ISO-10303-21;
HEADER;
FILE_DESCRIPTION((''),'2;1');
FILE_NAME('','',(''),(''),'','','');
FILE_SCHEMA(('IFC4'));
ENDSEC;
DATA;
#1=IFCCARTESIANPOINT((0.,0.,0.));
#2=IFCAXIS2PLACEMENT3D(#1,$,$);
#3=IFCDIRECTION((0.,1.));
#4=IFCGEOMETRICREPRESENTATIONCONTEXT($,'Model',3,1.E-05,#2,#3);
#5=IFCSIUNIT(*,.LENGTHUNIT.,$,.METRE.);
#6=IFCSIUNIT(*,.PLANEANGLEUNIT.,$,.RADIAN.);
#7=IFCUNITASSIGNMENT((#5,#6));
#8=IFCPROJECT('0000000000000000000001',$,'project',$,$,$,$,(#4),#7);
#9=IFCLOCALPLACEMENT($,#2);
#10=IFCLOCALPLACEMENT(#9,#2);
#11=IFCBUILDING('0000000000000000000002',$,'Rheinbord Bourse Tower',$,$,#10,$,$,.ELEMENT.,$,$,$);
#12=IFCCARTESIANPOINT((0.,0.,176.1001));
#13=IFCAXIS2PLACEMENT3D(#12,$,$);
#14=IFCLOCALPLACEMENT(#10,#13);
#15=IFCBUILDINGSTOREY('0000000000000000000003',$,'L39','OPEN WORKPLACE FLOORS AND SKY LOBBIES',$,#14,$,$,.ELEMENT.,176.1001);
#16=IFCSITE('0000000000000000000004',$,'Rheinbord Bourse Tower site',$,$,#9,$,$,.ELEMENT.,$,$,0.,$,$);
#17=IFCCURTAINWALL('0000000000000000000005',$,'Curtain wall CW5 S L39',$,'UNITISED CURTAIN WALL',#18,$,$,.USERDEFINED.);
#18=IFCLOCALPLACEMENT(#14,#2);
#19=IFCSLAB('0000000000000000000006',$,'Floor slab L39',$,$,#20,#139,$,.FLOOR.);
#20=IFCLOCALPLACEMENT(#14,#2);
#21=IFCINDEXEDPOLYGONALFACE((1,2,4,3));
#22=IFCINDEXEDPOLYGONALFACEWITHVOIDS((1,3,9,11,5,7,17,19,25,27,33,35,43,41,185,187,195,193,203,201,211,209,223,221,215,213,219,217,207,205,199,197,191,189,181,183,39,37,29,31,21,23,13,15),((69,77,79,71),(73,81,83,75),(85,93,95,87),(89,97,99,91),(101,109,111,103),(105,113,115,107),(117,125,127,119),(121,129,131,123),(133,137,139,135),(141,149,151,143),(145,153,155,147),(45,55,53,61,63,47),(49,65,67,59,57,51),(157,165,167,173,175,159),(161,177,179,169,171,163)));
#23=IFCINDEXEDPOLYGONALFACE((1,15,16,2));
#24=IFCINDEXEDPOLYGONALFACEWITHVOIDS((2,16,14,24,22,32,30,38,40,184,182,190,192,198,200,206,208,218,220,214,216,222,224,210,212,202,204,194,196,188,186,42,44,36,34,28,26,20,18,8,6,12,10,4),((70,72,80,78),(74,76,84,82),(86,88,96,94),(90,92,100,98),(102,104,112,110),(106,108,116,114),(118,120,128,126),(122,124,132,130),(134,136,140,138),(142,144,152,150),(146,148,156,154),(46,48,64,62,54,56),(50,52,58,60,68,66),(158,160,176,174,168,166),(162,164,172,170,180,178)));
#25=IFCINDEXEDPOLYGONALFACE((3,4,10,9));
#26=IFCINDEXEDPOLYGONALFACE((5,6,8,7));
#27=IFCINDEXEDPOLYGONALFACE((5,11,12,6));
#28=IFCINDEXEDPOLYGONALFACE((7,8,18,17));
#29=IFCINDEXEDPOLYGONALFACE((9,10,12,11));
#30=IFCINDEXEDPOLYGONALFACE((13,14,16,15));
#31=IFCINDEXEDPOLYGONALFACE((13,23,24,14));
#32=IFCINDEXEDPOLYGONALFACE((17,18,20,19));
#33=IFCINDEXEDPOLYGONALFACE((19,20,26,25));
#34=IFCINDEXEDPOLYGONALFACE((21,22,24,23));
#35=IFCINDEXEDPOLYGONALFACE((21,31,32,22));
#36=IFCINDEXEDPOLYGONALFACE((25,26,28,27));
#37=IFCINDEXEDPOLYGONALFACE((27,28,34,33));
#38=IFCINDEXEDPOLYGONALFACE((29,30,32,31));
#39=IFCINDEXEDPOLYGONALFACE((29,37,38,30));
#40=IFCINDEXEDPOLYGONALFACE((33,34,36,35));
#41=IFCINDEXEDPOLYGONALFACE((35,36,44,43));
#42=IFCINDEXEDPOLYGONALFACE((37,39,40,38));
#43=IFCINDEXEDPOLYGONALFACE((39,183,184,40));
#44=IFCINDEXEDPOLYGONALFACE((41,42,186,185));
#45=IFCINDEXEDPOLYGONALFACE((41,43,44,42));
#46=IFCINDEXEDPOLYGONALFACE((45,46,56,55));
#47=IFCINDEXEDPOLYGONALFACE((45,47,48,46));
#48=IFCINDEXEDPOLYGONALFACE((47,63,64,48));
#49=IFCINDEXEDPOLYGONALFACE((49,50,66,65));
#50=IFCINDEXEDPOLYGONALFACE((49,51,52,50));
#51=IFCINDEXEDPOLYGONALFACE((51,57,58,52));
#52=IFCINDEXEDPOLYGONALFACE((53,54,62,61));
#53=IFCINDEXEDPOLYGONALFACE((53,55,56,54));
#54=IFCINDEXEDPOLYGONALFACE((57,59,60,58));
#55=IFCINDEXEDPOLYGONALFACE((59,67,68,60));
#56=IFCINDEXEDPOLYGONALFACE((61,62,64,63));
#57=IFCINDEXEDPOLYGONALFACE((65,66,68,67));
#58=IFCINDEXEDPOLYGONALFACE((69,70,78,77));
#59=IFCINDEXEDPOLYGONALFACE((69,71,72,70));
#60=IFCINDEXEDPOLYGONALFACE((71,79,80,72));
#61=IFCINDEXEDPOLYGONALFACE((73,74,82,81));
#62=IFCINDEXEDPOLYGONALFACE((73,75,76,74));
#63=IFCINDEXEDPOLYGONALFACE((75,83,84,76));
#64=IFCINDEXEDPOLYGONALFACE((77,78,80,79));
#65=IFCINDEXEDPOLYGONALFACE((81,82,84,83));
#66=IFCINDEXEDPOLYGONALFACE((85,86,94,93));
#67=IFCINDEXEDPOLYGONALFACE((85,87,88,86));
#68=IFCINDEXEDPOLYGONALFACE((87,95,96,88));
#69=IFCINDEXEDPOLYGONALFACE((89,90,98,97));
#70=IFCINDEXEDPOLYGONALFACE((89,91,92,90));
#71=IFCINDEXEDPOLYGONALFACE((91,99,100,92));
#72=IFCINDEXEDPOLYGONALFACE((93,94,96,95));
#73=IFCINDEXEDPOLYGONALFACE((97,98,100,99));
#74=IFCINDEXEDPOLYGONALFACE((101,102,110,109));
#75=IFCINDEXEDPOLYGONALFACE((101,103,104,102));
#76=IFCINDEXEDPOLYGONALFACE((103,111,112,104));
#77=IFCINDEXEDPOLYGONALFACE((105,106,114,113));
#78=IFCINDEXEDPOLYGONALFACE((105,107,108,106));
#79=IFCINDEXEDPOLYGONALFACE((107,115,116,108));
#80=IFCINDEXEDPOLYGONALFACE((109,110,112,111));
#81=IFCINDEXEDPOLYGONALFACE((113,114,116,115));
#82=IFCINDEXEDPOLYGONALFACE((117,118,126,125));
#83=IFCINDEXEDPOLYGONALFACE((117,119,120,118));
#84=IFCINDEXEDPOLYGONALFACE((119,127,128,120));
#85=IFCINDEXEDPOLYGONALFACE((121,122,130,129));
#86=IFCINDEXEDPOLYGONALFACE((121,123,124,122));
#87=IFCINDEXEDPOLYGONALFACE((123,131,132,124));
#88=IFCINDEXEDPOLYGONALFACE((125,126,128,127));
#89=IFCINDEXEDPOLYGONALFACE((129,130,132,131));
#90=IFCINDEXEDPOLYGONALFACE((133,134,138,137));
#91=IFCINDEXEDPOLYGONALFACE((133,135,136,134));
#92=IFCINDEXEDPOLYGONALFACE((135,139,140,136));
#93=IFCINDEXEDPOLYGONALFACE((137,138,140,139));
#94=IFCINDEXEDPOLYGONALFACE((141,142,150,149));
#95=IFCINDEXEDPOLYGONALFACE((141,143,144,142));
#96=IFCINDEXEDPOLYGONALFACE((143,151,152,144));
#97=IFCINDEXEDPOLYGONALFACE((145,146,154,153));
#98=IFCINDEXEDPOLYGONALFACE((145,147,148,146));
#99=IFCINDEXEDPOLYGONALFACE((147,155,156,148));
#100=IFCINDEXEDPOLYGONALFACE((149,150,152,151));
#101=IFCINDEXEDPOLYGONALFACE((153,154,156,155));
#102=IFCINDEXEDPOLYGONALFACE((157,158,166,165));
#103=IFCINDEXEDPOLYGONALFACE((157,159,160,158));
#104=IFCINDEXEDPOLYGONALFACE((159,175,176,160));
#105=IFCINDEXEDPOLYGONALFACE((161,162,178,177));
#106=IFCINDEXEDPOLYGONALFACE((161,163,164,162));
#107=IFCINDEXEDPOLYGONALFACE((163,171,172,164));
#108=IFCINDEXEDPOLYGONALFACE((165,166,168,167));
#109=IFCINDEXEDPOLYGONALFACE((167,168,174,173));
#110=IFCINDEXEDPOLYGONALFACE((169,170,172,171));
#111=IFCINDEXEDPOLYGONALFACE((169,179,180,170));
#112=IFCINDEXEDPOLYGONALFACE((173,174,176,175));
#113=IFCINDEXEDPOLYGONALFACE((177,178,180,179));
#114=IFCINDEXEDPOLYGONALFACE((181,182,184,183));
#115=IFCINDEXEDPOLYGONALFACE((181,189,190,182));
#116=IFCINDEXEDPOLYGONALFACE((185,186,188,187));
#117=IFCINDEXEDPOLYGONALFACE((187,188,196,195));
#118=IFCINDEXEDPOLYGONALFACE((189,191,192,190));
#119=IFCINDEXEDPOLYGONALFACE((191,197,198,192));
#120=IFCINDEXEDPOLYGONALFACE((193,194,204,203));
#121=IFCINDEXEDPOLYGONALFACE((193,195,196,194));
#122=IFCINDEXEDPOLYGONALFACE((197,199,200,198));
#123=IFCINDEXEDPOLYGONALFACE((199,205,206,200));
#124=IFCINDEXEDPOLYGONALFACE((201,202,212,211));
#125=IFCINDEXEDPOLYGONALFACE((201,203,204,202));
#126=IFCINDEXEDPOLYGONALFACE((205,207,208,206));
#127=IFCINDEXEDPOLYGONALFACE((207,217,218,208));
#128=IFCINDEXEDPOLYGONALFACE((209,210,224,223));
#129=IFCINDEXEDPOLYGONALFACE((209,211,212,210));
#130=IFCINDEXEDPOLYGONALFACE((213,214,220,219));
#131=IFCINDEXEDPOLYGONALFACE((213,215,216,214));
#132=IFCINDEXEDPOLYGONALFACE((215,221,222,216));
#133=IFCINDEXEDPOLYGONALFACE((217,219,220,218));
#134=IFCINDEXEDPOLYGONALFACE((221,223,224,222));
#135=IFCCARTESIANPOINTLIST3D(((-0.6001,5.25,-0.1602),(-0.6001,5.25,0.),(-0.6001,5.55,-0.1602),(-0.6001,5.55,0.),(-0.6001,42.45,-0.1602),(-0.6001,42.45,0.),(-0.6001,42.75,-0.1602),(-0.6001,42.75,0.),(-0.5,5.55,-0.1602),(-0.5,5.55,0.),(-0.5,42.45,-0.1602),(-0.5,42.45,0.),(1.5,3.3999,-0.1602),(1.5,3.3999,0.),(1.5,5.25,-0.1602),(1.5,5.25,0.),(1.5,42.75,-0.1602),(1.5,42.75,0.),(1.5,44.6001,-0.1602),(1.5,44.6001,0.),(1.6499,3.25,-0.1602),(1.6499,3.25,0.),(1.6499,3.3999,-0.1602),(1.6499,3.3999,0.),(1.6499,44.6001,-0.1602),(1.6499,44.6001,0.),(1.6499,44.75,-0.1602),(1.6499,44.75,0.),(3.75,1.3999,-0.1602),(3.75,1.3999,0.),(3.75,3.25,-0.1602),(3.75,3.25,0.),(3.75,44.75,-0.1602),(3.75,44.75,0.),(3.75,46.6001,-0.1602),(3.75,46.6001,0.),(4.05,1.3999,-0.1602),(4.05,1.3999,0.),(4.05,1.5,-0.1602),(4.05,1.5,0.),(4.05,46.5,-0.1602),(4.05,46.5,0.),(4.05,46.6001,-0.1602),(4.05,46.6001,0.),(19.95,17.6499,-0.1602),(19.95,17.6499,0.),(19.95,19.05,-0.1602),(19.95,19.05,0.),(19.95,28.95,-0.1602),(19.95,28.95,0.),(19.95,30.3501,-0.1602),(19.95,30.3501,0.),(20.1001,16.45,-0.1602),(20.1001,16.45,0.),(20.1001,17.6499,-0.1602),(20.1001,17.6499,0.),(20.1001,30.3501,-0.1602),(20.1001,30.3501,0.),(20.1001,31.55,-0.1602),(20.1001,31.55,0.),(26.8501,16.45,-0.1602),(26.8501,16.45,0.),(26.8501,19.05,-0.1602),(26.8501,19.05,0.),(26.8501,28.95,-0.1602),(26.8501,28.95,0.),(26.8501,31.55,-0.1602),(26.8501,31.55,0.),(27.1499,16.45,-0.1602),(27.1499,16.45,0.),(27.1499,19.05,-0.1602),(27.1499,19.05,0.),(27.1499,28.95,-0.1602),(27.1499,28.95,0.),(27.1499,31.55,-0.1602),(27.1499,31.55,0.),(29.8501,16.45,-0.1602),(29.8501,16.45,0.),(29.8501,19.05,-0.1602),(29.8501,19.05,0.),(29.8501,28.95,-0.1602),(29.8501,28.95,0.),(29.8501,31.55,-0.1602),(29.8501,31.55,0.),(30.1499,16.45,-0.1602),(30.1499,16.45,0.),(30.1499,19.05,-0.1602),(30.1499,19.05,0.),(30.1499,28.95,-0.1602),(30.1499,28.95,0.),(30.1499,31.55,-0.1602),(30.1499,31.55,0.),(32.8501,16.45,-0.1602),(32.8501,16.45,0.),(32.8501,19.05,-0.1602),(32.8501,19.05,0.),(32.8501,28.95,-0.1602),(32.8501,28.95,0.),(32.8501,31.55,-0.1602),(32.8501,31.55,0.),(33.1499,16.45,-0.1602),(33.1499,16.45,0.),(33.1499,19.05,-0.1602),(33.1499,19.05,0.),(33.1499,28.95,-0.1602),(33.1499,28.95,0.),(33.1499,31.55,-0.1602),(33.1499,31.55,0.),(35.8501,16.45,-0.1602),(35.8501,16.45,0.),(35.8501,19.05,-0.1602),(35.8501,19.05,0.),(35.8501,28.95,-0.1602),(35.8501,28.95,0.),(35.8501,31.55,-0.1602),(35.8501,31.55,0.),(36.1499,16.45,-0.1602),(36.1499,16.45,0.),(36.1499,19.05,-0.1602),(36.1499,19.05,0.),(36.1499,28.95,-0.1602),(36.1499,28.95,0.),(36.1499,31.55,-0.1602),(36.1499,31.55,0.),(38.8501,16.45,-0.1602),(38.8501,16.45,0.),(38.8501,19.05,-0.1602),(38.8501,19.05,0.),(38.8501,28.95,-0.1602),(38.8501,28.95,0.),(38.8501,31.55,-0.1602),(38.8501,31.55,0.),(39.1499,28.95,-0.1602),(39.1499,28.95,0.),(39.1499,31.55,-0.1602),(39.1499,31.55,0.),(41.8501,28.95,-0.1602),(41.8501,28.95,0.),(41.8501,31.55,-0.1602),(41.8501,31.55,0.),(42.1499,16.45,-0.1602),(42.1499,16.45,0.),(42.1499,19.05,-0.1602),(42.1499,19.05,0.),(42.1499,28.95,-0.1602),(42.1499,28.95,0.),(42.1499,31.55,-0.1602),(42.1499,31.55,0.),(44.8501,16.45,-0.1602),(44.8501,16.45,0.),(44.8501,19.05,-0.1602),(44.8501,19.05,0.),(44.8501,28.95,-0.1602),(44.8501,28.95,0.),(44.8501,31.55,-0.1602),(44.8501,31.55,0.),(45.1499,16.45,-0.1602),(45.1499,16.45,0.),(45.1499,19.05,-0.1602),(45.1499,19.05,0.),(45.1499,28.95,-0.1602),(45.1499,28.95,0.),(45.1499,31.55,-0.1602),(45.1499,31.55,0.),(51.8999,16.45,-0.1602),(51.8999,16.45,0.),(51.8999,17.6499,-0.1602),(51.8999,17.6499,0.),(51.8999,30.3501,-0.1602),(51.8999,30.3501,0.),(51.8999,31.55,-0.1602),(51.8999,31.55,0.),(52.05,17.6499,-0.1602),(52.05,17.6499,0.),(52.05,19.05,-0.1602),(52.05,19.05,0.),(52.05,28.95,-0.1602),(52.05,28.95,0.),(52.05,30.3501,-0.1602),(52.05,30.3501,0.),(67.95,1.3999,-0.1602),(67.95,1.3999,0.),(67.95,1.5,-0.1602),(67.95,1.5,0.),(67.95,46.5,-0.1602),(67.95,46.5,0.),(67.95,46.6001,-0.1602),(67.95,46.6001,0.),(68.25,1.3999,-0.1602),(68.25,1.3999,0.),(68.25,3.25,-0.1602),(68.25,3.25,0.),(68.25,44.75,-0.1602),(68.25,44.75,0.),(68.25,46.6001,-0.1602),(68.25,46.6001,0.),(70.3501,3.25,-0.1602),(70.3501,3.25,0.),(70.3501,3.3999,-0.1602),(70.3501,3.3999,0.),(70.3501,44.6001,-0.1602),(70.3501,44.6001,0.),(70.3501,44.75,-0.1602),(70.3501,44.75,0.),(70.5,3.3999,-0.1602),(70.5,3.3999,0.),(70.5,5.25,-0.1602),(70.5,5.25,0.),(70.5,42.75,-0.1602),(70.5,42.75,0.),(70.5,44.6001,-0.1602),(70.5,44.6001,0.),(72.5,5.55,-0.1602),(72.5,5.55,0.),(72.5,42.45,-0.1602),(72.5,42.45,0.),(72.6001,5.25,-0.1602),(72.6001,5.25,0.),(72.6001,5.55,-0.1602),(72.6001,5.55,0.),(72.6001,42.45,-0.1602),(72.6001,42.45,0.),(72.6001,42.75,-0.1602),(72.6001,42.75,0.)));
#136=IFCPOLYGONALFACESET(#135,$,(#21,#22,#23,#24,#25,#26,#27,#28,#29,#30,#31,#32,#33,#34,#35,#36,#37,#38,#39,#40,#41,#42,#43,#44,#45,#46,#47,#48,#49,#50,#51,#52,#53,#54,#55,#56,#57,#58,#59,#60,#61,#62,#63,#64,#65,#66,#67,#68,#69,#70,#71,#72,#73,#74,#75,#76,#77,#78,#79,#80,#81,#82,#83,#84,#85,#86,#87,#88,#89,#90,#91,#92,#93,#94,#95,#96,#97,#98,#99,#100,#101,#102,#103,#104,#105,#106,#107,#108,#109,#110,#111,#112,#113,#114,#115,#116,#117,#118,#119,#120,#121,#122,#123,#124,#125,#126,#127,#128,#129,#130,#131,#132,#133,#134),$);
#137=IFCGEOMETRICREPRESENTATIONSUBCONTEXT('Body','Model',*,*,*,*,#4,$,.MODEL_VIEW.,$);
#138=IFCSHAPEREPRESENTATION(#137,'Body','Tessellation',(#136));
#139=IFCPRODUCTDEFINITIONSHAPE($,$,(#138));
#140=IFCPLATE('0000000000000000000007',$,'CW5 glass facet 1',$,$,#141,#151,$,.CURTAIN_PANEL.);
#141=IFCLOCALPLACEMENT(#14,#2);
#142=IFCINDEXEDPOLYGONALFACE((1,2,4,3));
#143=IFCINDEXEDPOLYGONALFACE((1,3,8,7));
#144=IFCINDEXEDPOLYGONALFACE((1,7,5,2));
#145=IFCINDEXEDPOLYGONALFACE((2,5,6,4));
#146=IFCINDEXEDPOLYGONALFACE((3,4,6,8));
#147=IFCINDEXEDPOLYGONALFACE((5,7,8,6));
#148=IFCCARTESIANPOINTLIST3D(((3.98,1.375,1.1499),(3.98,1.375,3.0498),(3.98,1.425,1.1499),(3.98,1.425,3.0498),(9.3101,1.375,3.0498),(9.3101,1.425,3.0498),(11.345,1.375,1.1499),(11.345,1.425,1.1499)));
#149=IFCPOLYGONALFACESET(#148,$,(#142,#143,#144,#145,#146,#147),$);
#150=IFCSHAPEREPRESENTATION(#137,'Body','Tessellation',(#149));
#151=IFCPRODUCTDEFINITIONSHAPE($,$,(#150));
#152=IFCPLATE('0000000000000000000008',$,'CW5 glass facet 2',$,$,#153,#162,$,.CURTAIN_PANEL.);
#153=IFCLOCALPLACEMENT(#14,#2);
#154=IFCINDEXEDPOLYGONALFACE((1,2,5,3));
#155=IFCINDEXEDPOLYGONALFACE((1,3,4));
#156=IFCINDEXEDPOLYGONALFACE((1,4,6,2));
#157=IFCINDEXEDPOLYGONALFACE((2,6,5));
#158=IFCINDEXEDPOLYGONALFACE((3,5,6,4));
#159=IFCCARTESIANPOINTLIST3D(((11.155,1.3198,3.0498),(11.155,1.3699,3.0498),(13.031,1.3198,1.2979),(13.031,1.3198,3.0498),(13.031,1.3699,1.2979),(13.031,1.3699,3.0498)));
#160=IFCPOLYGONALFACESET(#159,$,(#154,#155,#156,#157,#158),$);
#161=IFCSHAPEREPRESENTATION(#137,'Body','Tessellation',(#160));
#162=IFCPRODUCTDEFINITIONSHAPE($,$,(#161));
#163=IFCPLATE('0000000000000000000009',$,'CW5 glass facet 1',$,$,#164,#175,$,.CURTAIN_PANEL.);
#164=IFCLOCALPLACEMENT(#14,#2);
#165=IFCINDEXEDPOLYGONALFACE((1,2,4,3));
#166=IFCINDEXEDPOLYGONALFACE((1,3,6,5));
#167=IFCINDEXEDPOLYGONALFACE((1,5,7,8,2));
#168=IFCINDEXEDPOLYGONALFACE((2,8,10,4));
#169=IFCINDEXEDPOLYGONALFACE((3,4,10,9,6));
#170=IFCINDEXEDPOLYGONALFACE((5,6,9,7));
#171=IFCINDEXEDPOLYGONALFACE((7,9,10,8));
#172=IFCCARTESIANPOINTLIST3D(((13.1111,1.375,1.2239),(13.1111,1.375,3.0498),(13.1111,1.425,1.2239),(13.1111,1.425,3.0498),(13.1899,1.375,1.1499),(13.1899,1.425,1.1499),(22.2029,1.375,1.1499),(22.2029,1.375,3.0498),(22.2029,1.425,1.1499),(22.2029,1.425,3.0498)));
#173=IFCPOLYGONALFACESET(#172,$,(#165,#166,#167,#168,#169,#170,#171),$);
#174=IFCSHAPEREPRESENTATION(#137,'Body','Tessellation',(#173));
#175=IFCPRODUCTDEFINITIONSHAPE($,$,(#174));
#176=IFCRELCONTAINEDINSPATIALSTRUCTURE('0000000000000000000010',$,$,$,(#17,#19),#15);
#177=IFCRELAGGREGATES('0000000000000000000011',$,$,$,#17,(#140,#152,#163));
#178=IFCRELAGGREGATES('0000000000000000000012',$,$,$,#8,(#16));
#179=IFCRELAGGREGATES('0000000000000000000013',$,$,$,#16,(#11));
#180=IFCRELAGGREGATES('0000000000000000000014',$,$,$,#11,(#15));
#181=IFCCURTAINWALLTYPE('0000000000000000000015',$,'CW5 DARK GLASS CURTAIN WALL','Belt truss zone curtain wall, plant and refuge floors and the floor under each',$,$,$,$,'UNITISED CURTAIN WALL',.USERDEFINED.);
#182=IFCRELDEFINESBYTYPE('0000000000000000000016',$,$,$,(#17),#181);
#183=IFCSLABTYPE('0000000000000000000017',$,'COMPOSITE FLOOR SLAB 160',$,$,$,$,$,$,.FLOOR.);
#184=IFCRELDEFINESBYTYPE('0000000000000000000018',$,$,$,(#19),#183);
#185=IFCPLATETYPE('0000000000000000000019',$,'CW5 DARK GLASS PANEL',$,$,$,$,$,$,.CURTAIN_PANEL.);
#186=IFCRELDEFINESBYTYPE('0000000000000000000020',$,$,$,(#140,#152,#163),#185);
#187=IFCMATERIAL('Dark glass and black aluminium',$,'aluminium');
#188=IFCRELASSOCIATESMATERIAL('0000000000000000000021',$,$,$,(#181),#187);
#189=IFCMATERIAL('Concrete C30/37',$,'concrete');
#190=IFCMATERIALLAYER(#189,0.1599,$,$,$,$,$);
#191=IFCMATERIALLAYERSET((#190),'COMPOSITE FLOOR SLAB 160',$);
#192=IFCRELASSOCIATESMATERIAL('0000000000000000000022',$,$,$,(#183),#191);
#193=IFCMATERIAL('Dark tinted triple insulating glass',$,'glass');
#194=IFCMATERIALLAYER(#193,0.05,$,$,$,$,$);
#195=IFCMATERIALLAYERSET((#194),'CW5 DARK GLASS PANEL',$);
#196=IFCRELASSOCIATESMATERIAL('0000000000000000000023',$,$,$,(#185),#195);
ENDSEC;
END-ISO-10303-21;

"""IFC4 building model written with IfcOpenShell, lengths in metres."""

from ifc_helpers import new_model, si_unit, direction, frame, origin, place, context, subcontext, project, spatial, polyline, outline, extrude, material, layer, layer_set, type_object, element, aggregate, save


model = new_model("IFC4")

# Units and contexts
model_context = context("Model", 3, precision=1e-05, world=origin(), true_north=direction((0.0, 1.0)))
body_context = subcontext(model_context, "Body", "Model", "MODEL_VIEW")
ifc_project = project(units=[si_unit("LENGTHUNIT", "METRE"), si_unit("PLANEANGLEUNIT", "RADIAN")], contexts=[model_context])

# Site, building, storey
site_placement = place(None, origin())
site = spatial("IfcSite", under=ifc_project, at=site_placement, Name="Rheinbord Bourse Tower site", CompositionType="ELEMENT", RefElevation=0.0)
building_placement = place(site_placement, origin())
building = spatial("IfcBuilding", under=site, at=building_placement, Name="Rheinbord Bourse Tower", CompositionType="ELEMENT")
storey_placement = place(building_placement, frame((0.0, 0.0, 176.1001)))
storey = spatial("IfcBuildingStorey", under=building, at=storey_placement, Name="L39", Description="OPEN WORKPLACE FLOORS AND SKY LOBBIES", CompositionType="ELEMENT", Elevation=176.1001)

# Curtain wall
ifc_material_1 = material(Name="Dark glass and black aluminium", Category="aluminium")
curtain_wall_type = type_object("IfcCurtainWallType", Name="CW5 DARK GLASS CURTAIN WALL", Description="Belt truss zone curtain wall, plant and refuge floors and the floor under each", ElementType="UNITISED CURTAIN WALL", PredefinedType="USERDEFINED", material=ifc_material_1)
curtain_wall_1_placement = place(storey_placement, origin())
curtain_wall_1 = element("IfcCurtainWall", 1, at=curtain_wall_1_placement, inside=storey, type_object=curtain_wall_type, Name="Curtain wall CW5 S L39", ObjectType="UNITISED CURTAIN WALL", PredefinedType="USERDEFINED")

# Slab
ifc_material_2 = material(Name="Concrete C30/37", Category="concrete")
ifc_layer_1 = layer(ifc_material_2, 0.1599)
ifc_layer_set_1 = layer_set([ifc_layer_1], Name="COMPOSITE FLOOR SLAB 160")
slab_type_1 = type_object("IfcSlabType", Name="COMPOSITE FLOOR SLAB 160", PredefinedType="FLOOR", material=ifc_layer_set_1)
slab_1_placement = place(storey_placement, frame((0.0, 0.0, -0.1602)))
element("IfcSlab", 2, at=slab_1_placement, inside=storey, type_object=slab_type_1, Name="Floor slab L39", PredefinedType="FLOOR", context=body_context, shape_type="SweptSolid", body=[
    extrude(outline(polyline([(1.6499, 3.3999), (1.5, 3.3999), (1.5, 5.25), (-0.6001, 5.25), (-0.6001, 5.55), (-0.5, 5.55), (-0.5, 42.45), (-0.6001, 42.45), (-0.6001, 42.75), (1.5, 42.75), (1.5, 44.6001), (1.6499, 44.6001), (1.6499, 44.75), (3.75, 44.75), (3.75, 46.6001), (4.05, 46.6001), (4.05, 46.5), (67.95, 46.5), (67.95, 46.6001), (68.25, 46.6001), (68.25, 44.75), (70.3501, 44.75), (70.3501, 44.6001), (70.5, 44.6001), (70.5, 42.75), (72.6001, 42.75), (72.6001, 42.45), (72.5, 42.45), (72.5, 5.55), (72.6001, 5.55), (72.6001, 5.25), (70.5, 5.25), (70.5, 3.3999), (70.3501, 3.3999), (70.3501, 3.25), (68.25, 3.25), (68.25, 1.3999), (67.95, 1.3999), (67.95, 1.5), (4.05, 1.5), (4.05, 1.3999), (3.75, 1.3999), (3.75, 3.25), (1.6499, 3.25), (1.6499, 3.3999)]), holes=[polyline([(19.95, 19.05), (26.8501, 19.05), (26.8501, 16.45), (20.1001, 16.45), (20.1001, 17.6499), (19.95, 17.6499), (19.95, 19.05)]), polyline([(26.8501, 31.55), (26.8501, 28.95), (19.95, 28.95), (19.95, 30.3501), (20.1001, 30.3501), (20.1001, 31.55), (26.8501, 31.55)]), polyline([(45.1499, 16.45), (45.1499, 19.05), (52.05, 19.05), (52.05, 17.6499), (51.8999, 17.6499), (51.8999, 16.45), (45.1499, 16.45)]), polyline([(52.05, 28.95), (45.1499, 28.95), (45.1499, 31.55), (51.8999, 31.55), (51.8999, 30.3501), (52.05, 30.3501), (52.05, 28.95)]), polyline([(27.1499, 16.45), (27.1499, 19.05), (29.8501, 19.05), (29.8501, 16.45), (27.1499, 16.45)]), polyline([(27.1499, 28.95), (27.1499, 31.55), (29.8501, 31.55), (29.8501, 28.95), (27.1499, 28.95)]), polyline([(30.1499, 16.45), (30.1499, 19.05), (32.8501, 19.05), (32.8501, 16.45), (30.1499, 16.45)]), polyline([(30.1499, 28.95), (30.1499, 31.55), (32.8501, 31.55), (32.8501, 28.95), (30.1499, 28.95)]), polyline([(33.1499, 16.45), (33.1499, 19.05), (35.8501, 19.05), (35.8501, 16.45), (33.1499, 16.45)]), polyline([(33.1499, 28.95), (33.1499, 31.55), (35.8501, 31.55), (35.8501, 28.95), (33.1499, 28.95)]), polyline([(36.1499, 16.45), (36.1499, 19.05), (38.8501, 19.05), (38.8501, 16.45), (36.1499, 16.45)]), polyline([(36.1499, 28.95), (36.1499, 31.55), (38.8501, 31.55), (38.8501, 28.95), (36.1499, 28.95)]), polyline([(39.1499, 28.95), (39.1499, 31.55), (41.8501, 31.55), (41.8501, 28.95), (39.1499, 28.95)]), polyline([(42.1499, 16.45), (42.1499, 19.05), (44.8501, 19.05), (44.8501, 16.45), (42.1499, 16.45)]), polyline([(42.1499, 28.95), (42.1499, 31.55), (44.8501, 31.55), (44.8501, 28.95), (42.1499, 28.95)])]), origin(), (0.0, 0.0, 1.0), 0.1602),
])

# Plates
ifc_material_3 = material(Name="Dark tinted triple insulating glass", Category="glass")
ifc_layer_2 = layer(ifc_material_3, 0.05)
ifc_layer_set_2 = layer_set([ifc_layer_2], Name="CW5 DARK GLASS PANEL")
plate_type = type_object("IfcPlateType", Name="CW5 DARK GLASS PANEL", PredefinedType="CURTAIN_PANEL", material=ifc_layer_set_2)
plate_1_placement = place(storey_placement, frame((3.98, 1.375, 1.1499), z_axis=(0.0, 1.0, 0.0), x_axis=(0.0, 0.0, 1.0)))
plate_1 = element("IfcPlate", 3, at=plate_1_placement, type_object=plate_type, Name="CW5 glass facet 1", PredefinedType="CURTAIN_PANEL", context=body_context, shape_type="SweptSolid", body=[
    extrude(outline(polyline([(0.0, 0.0), (1.8999, 0.0), (1.8999, 5.3301), (0.0, 7.365), (0.0, 0.0)])), origin(), (0.0, 0.0, 1.0), 0.05),
])
plate_2_placement = place(storey_placement, frame((13.031, 1.3198, 3.0498), z_axis=(0.0, 1.0, 0.0), x_axis=(0.0, 0.0, -1.0)))
plate_2 = element("IfcPlate", 4, at=plate_2_placement, type_object=plate_type, Name="CW5 glass facet 2", PredefinedType="CURTAIN_PANEL", context=body_context, shape_type="SweptSolid", body=[
    extrude(outline(polyline([(0.0, 0.0), (1.752, 0.0), (0.0, 1.876), (0.0, 0.0)])), origin(), (0.0, 0.0, 1.0), 0.05),
])
plate_3_placement = place(storey_placement, frame((13.1111, 1.375, 3.0498), z_axis=(0.0, 1.0, 0.0), x_axis=(1.0, 0.0, 0.0)))
plate_3 = element("IfcPlate", 5, at=plate_3_placement, type_object=plate_type, Name="CW5 glass facet 1", PredefinedType="CURTAIN_PANEL", context=body_context, shape_type="SweptSolid", body=[
    extrude(outline(polyline([(0.0, 0.0), (9.0918, 0.0), (9.0918, 1.8999), (0.0789, 1.8999), (0.0, 1.8259), (0.0, 0.0)])), origin(), (0.0, 0.0, 1.0), 0.05),
])
aggregate(curtain_wall_1, [plate_1, plate_2, plate_3])

save(model, "model.ifc")
